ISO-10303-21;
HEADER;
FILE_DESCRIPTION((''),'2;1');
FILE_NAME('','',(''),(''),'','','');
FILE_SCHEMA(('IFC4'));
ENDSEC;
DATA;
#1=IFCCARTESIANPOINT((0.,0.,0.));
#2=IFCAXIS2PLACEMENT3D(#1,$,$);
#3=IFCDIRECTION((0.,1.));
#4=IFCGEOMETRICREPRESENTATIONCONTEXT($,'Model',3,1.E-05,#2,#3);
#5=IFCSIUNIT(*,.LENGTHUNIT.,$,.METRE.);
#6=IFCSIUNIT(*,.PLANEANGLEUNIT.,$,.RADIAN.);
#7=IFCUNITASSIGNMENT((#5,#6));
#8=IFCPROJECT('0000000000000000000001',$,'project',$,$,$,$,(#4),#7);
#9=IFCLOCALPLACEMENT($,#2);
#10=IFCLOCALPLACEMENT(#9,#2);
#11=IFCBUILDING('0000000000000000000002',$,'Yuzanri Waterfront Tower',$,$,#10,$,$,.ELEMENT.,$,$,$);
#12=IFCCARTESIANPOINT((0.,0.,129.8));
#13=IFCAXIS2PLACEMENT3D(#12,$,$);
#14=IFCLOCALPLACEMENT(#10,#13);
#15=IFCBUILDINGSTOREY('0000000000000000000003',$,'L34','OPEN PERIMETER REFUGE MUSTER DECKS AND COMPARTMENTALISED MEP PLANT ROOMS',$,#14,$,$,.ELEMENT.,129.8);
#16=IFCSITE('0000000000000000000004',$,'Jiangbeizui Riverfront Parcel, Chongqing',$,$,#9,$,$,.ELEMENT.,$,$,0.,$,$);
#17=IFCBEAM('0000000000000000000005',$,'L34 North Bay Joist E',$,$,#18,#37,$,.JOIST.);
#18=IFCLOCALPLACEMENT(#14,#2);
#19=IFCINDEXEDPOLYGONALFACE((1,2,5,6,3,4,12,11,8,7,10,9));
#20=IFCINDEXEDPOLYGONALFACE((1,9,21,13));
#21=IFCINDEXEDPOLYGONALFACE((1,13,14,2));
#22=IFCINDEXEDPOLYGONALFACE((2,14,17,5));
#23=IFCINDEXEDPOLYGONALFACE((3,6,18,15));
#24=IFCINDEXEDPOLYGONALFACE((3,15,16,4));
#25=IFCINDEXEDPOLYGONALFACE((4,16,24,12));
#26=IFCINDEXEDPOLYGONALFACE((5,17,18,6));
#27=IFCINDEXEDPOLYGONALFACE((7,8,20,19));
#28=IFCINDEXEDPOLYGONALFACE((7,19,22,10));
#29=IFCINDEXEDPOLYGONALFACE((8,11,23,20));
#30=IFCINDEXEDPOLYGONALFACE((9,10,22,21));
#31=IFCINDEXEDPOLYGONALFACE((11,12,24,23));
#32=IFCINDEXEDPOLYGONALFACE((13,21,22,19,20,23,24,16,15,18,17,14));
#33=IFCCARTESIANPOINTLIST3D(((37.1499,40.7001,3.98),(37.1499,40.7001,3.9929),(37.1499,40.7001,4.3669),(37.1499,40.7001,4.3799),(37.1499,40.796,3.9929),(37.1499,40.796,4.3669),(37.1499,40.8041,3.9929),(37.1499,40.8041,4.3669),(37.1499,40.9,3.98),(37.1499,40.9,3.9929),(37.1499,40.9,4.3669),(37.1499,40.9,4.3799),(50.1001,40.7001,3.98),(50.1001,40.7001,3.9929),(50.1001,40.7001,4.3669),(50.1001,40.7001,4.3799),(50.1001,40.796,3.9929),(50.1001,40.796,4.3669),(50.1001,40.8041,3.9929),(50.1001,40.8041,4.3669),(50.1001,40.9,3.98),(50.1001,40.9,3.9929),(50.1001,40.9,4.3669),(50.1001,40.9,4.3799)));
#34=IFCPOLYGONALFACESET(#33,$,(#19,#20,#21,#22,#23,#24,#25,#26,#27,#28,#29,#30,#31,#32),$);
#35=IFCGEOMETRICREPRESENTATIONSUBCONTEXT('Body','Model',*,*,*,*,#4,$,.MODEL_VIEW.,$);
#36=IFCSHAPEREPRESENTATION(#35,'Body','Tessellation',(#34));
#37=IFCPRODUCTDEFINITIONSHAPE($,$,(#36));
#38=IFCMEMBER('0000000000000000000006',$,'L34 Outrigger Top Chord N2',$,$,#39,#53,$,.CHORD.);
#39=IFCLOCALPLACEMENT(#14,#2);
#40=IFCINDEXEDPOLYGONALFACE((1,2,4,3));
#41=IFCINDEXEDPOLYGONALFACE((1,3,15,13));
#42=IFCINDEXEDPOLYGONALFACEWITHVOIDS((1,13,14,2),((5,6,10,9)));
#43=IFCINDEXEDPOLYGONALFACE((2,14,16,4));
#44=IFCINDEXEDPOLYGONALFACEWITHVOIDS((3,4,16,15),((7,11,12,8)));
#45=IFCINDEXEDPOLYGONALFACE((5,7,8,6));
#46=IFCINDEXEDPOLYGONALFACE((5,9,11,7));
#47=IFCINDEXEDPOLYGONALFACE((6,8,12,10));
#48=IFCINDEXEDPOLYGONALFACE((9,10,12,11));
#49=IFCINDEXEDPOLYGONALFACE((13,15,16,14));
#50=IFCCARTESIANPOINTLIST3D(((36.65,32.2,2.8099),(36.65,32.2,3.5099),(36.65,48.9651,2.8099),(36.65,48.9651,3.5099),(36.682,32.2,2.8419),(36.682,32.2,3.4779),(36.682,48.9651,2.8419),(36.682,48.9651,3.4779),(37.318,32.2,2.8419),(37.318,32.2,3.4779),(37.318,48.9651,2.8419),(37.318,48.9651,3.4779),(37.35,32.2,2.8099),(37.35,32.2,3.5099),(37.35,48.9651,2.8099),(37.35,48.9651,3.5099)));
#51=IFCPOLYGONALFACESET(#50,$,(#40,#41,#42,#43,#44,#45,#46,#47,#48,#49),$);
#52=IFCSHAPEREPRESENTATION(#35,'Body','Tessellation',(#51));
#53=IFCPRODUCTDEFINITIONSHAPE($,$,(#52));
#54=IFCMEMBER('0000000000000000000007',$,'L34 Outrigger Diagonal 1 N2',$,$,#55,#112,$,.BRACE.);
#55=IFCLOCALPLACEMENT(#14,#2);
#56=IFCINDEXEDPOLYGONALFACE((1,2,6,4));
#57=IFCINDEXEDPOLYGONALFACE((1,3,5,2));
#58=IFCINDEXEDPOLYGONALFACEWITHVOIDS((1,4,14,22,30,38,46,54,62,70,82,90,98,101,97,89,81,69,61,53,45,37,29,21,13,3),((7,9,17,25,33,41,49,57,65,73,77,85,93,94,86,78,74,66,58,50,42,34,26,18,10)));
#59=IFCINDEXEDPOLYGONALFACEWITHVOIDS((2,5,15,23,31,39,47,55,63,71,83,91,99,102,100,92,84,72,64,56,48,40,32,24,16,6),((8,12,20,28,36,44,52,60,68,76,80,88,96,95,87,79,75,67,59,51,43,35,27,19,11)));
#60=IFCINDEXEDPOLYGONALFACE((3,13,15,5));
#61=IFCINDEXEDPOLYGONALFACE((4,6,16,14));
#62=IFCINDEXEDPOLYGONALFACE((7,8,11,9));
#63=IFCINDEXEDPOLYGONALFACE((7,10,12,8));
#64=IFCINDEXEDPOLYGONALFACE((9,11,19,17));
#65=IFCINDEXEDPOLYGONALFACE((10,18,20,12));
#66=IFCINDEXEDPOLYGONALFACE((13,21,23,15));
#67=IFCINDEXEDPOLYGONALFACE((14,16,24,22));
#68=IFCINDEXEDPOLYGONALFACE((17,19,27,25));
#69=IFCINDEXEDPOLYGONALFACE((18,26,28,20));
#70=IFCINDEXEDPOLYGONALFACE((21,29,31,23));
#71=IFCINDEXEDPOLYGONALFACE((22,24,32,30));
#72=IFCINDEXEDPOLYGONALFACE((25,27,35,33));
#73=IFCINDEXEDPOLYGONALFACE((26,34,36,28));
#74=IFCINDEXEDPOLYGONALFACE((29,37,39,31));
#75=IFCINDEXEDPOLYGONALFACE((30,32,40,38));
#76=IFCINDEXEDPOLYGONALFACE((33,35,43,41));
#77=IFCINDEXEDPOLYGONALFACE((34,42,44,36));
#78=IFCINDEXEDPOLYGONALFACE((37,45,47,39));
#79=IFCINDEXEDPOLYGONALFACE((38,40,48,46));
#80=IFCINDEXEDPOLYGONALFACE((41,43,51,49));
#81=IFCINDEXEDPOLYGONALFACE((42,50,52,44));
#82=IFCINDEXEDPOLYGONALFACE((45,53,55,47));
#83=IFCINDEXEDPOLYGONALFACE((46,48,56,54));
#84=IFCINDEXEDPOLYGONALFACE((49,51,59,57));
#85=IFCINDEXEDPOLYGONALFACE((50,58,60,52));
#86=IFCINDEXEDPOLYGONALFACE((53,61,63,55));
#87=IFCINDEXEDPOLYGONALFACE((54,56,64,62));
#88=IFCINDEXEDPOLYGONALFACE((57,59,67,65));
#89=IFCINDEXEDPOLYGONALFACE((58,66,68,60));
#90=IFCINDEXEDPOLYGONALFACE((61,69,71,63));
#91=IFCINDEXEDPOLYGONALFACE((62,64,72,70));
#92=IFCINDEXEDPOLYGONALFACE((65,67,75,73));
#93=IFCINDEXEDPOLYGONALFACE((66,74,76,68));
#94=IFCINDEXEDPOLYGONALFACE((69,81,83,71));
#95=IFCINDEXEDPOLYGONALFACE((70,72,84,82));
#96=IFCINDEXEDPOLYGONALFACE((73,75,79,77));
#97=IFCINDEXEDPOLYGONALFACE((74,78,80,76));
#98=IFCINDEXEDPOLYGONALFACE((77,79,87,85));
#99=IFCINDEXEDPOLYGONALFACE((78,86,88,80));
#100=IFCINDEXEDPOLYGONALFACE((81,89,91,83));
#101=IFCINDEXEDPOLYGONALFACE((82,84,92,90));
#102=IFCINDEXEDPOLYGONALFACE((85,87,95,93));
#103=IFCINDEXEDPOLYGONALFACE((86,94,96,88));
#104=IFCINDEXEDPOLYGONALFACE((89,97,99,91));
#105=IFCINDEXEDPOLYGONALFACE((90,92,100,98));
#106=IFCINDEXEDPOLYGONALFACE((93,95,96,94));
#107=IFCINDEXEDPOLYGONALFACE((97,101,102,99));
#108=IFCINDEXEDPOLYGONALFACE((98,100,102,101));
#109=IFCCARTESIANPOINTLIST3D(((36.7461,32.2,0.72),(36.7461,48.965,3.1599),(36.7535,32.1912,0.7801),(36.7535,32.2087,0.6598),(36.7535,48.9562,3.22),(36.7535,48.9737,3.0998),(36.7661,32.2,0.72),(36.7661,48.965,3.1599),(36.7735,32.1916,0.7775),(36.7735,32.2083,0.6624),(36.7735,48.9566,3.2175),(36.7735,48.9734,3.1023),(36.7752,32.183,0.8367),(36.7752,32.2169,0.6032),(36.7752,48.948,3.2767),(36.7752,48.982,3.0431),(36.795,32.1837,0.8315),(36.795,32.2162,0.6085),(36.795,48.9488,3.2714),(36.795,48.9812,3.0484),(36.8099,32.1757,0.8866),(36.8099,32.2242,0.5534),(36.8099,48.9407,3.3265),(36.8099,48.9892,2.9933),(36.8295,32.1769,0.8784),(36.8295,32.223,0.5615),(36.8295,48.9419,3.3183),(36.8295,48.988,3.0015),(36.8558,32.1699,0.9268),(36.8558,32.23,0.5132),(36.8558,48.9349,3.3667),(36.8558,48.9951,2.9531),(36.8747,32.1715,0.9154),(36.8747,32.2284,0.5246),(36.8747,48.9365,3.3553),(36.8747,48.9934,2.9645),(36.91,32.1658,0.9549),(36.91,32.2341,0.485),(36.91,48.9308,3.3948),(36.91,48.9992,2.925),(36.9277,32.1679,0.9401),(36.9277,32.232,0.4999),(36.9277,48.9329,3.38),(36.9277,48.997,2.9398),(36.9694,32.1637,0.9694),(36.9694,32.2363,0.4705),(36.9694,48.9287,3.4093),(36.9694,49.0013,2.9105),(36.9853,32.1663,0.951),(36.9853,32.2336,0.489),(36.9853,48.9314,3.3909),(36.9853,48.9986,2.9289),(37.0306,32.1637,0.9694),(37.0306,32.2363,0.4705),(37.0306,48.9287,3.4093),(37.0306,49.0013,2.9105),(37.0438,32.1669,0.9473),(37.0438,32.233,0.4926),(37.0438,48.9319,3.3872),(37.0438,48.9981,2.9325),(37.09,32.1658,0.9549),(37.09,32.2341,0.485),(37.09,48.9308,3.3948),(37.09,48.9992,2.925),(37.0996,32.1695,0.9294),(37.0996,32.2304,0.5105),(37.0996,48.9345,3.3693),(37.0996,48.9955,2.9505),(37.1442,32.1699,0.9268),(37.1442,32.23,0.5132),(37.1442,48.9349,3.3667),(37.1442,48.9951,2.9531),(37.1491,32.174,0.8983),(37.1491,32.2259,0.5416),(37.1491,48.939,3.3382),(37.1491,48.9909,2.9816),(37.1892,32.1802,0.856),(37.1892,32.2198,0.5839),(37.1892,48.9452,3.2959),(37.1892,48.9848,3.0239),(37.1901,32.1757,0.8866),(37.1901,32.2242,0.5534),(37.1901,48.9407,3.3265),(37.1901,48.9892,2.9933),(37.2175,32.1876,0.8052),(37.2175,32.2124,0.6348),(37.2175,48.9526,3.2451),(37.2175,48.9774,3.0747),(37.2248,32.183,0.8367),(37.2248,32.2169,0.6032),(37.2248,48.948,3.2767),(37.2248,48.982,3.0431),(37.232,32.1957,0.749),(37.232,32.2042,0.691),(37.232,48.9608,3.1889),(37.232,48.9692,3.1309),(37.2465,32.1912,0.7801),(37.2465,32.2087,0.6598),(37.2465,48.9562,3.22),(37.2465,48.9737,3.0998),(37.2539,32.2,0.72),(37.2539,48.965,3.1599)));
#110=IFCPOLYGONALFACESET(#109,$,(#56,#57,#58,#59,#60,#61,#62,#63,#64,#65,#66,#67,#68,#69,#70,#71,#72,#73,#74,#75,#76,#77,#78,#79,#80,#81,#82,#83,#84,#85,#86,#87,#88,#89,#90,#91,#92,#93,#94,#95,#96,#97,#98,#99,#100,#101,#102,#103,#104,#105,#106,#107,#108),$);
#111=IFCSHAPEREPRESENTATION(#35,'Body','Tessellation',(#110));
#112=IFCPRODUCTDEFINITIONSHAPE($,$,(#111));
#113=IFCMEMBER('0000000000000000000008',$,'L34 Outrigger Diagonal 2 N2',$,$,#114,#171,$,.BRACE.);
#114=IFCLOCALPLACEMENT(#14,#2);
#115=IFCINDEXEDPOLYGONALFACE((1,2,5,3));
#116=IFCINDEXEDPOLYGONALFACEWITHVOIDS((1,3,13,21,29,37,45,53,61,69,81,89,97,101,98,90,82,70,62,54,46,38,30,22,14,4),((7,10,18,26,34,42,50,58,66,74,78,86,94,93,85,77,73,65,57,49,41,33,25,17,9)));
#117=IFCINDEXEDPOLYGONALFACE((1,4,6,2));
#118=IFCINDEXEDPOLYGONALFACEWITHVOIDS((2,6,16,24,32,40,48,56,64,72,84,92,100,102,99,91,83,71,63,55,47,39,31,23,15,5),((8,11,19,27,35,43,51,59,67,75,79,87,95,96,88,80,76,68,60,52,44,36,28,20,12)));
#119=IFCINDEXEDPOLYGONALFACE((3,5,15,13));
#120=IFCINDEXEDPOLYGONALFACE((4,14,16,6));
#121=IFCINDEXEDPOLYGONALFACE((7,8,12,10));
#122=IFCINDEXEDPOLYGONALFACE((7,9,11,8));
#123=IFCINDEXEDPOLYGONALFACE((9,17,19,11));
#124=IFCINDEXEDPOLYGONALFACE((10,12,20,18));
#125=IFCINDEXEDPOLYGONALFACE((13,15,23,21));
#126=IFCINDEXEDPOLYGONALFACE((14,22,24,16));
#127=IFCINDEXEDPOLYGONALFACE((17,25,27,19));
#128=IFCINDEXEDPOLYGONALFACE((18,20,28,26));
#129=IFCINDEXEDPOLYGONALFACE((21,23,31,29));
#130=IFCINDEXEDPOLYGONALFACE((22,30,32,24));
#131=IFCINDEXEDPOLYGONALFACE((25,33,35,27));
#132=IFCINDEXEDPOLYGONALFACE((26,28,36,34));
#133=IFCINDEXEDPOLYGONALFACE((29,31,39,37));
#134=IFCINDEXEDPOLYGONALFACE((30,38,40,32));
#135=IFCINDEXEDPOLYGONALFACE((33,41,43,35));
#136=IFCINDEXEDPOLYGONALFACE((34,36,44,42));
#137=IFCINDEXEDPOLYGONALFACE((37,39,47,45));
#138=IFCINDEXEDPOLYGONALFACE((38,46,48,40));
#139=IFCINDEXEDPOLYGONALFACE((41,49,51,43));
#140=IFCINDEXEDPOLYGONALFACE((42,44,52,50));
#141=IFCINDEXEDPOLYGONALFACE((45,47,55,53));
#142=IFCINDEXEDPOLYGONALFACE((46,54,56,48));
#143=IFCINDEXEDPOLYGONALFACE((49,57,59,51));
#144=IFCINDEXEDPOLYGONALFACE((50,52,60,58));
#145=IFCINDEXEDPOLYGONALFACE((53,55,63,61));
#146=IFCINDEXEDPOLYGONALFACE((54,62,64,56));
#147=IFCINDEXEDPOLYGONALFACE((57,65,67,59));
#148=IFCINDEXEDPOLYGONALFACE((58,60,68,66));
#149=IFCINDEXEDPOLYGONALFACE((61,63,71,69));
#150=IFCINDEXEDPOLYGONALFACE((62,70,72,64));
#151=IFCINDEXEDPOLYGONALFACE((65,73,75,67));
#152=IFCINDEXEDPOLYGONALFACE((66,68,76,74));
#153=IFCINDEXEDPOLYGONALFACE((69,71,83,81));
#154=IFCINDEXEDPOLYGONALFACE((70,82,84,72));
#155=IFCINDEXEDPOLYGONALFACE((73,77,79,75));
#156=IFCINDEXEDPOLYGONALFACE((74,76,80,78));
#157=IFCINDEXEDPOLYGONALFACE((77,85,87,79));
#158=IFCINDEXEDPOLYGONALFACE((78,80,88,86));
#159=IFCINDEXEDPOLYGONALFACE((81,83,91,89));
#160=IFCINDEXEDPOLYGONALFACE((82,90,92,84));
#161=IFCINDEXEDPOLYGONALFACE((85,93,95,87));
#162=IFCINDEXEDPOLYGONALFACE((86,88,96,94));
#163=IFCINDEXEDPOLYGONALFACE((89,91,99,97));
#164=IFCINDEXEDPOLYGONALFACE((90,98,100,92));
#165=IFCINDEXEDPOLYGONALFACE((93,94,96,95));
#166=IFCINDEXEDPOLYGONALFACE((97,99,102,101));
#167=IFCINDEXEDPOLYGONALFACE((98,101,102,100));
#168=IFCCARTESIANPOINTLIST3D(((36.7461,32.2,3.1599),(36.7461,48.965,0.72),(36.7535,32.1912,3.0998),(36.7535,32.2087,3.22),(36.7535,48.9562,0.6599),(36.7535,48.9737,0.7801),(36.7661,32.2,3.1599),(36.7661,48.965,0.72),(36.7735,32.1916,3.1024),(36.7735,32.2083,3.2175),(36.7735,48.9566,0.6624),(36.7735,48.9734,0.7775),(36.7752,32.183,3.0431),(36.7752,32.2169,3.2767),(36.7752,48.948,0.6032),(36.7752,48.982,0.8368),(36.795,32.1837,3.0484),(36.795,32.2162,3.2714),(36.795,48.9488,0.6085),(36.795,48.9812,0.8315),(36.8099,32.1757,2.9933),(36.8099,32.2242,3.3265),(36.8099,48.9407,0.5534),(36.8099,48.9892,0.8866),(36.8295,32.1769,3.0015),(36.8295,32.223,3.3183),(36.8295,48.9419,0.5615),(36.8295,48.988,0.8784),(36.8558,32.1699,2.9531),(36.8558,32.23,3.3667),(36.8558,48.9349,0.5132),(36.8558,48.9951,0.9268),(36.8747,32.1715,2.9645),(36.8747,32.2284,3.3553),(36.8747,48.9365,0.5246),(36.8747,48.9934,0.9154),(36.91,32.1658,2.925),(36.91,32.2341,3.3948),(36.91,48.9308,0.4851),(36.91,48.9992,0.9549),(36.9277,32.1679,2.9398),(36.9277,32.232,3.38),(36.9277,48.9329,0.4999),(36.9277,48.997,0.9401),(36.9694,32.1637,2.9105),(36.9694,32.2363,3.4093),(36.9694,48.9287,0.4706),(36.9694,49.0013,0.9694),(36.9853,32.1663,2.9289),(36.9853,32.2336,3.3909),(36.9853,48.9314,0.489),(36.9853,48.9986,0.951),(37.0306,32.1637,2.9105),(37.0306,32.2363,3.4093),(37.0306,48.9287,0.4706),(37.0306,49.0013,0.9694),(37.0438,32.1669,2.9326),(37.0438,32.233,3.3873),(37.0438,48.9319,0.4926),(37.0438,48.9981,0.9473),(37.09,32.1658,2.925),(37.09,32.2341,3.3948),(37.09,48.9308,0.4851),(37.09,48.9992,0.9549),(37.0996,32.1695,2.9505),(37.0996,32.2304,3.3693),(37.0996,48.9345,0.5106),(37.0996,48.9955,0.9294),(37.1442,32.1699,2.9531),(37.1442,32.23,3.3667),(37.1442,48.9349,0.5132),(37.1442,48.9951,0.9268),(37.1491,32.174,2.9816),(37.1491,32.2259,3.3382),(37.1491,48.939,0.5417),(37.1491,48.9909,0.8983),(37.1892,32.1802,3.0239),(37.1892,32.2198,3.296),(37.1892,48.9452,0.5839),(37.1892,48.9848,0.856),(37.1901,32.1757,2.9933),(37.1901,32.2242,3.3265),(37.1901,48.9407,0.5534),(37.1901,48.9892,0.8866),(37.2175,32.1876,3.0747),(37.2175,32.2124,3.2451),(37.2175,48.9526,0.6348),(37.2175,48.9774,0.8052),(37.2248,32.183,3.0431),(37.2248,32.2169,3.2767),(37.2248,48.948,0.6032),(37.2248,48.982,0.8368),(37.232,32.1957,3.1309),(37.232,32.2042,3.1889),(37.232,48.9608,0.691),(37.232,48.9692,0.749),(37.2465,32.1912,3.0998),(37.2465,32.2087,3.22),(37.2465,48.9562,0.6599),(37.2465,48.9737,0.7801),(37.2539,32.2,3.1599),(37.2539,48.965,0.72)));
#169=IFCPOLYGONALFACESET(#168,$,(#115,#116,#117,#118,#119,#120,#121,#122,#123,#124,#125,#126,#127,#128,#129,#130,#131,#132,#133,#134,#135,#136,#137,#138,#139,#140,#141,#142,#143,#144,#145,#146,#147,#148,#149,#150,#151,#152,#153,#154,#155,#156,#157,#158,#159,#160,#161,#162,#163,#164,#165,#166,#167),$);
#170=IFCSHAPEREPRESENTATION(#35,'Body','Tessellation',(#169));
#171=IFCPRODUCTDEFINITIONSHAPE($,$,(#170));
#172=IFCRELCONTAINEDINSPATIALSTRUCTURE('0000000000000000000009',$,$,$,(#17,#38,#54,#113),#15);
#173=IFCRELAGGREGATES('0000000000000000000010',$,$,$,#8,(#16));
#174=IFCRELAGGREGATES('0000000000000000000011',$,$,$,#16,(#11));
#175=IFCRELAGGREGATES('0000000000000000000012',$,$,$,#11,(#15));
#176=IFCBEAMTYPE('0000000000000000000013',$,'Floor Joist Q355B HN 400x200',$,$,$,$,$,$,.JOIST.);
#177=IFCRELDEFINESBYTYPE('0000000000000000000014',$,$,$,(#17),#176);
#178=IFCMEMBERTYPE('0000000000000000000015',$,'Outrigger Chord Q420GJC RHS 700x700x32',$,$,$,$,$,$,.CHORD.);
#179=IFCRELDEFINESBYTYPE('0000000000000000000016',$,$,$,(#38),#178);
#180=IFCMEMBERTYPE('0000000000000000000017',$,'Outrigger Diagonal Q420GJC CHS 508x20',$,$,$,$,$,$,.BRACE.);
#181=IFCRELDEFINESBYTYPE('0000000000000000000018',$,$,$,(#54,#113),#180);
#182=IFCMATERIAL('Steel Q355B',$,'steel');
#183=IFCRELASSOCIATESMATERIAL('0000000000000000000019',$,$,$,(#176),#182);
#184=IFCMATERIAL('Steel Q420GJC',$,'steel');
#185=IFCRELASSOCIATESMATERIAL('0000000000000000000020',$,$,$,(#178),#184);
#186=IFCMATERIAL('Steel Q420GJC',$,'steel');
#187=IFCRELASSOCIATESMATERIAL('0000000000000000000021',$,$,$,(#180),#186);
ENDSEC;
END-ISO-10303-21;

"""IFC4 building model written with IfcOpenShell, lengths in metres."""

from ifc_helpers import new_model, si_unit, direction, frame, origin, origin_2d, place, context, subcontext, project, spatial, hollow_rectangle, hollow_circle, i_section, extrude, source, transform, mapped, material, material_profile, profile_set, type_object, element, save


model = new_model("IFC4")

# Units and contexts
model_context = context("Model", 3, precision=1e-05, world=origin(), true_north=direction((0.0, 1.0)))
body_context = subcontext(model_context, "Body", "Model", "MODEL_VIEW")
ifc_project = project(units=[si_unit("LENGTHUNIT", "METRE"), si_unit("PLANEANGLEUNIT", "RADIAN")], contexts=[model_context])

# Site, building, storey
site_placement = place(None, origin())
site = spatial("IfcSite", under=ifc_project, at=site_placement, Name="Jiangbeizui Riverfront Parcel, Chongqing", CompositionType="ELEMENT", RefElevation=0.0)
building_placement = place(site_placement, origin())
building = spatial("IfcBuilding", under=site, at=building_placement, Name="Yuzanri Waterfront Tower", CompositionType="ELEMENT")
storey_placement = place(building_placement, frame((0.0, 0.0, 129.8)))
storey = spatial("IfcBuildingStorey", under=building, at=storey_placement, Name="L34", Description="OPEN PERIMETER REFUGE MUSTER DECKS AND COMPARTMENTALISED MEP PLANT ROOMS", CompositionType="ELEMENT", Elevation=129.8)

# Beam
ifc_material_1 = material(Name="Steel Q355B", Category="steel")
ifc_material_profile_1 = material_profile(ifc_material_1, i_section(OverallWidth=0.2, OverallDepth=0.3999, WebThickness=0.0081, FlangeThickness=0.0129, at=origin_2d()), Name="HN 400x200x8x13")
ifc_profile_set_1 = profile_set([ifc_material_profile_1], Name="Steel Q355B")
beam_type = type_object("IfcBeamType", Name="Floor Joist Q355B HN 400x200", PredefinedType="JOIST", material=ifc_profile_set_1)
shared_shape_1 = source(origin(), body_context, "Body", "SweptSolid", [
    extrude(i_section(OverallWidth=0.2, OverallDepth=0.3999, WebThickness=0.0081, FlangeThickness=0.0129, at=origin_2d()), origin(), (0.0, 0.0, 1.0), 12.9502),
])
beam_placement = place(storey_placement, frame((37.1499, 40.8, 4.1799), z_axis=(1.0, 0.0, 0.0), x_axis=(0.0, 1.0, 0.0)))
element("IfcBeam", 1, at=beam_placement, inside=storey, type_object=beam_type, Name="L34 North Bay Joist E", PredefinedType="JOIST", context=body_context, shape_type="MappedRepresentation", body=[
    mapped(shared_shape_1, transform((0.0, 0.0, 0.0), scale=1.0)),
])

# Members
ifc_material_2 = material(Name="Steel Q420GJC", Category="steel")
ifc_material_profile_2 = material_profile(ifc_material_2, hollow_rectangle(XDim=0.7, YDim=0.7, WallThickness=0.032, at=origin_2d()), Name="RHS 700x700x32")
ifc_profile_set_2 = profile_set([ifc_material_profile_2], Name="Steel Q420GJC")
member_type_1 = type_object("IfcMemberType", Name="Outrigger Chord Q420GJC RHS 700x700x32", PredefinedType="CHORD", material=ifc_profile_set_2)
shared_shape_2 = source(origin(), body_context, "Body", "SweptSolid", [
    extrude(hollow_rectangle(XDim=0.7, YDim=0.7, WallThickness=0.032, at=origin_2d()), origin(), (0.0, 0.0, 1.0), 16.7651),
])
member_placement = place(storey_placement, frame((37.0, 32.2, 3.1599), z_axis=(0.0, 1.0, 0.0), x_axis=(-1.0, 0.0, 0.0)))
element("IfcMember", 2, at=member_placement, inside=storey, type_object=member_type_1, Name="L34 Outrigger Top Chord N2", PredefinedType="CHORD", context=body_context, shape_type="MappedRepresentation", body=[
    mapped(shared_shape_2, transform((0.0, 0.0, 0.0), scale=1.0)),
])
ifc_material_3 = material(Name="Steel Q420GJC", Category="steel")
ifc_material_profile_3 = material_profile(ifc_material_3, hollow_circle(Radius=0.2539, WallThickness=0.02, at=origin_2d()), Name="CHS 508x20")
ifc_profile_set_3 = profile_set([ifc_material_profile_3], Name="Steel Q420GJC")
member_type_2 = type_object("IfcMemberType", Name="Outrigger Diagonal Q420GJC CHS 508x20", PredefinedType="BRACE", material=ifc_profile_set_3)
shared_shape_3 = source(origin(), body_context, "Body", "SweptSolid", [
    extrude(hollow_circle(Radius=0.2539, WallThickness=0.02, at=origin_2d()), origin(), (0.0, 0.0, 1.0), 16.9417),
])
for number, where, z_axis, x_axis, name in (
    (3, (37.0, 32.2, 0.72), (0.0, 0.989575, 0.144019), (-1.0, 0.0, 0.0), "L34 Outrigger Diagonal 1 N2"),
    (4, (37.0, 32.2, 3.1599), (0.0, 0.989575, -0.144019), (-1.0, 0.0, 0.0), "L34 Outrigger Diagonal 2 N2"),
):
    element("IfcMember", number, at=place(storey_placement, frame(where, z_axis=z_axis, x_axis=x_axis)), inside=storey, type_object=member_type_2, Name=name, PredefinedType="BRACE", context=body_context, shape_type="MappedRepresentation", body=[
        mapped(shared_shape_3, transform((0.0, 0.0, 0.0), scale=1.0)),
    ])

save(model, "model.ifc")
